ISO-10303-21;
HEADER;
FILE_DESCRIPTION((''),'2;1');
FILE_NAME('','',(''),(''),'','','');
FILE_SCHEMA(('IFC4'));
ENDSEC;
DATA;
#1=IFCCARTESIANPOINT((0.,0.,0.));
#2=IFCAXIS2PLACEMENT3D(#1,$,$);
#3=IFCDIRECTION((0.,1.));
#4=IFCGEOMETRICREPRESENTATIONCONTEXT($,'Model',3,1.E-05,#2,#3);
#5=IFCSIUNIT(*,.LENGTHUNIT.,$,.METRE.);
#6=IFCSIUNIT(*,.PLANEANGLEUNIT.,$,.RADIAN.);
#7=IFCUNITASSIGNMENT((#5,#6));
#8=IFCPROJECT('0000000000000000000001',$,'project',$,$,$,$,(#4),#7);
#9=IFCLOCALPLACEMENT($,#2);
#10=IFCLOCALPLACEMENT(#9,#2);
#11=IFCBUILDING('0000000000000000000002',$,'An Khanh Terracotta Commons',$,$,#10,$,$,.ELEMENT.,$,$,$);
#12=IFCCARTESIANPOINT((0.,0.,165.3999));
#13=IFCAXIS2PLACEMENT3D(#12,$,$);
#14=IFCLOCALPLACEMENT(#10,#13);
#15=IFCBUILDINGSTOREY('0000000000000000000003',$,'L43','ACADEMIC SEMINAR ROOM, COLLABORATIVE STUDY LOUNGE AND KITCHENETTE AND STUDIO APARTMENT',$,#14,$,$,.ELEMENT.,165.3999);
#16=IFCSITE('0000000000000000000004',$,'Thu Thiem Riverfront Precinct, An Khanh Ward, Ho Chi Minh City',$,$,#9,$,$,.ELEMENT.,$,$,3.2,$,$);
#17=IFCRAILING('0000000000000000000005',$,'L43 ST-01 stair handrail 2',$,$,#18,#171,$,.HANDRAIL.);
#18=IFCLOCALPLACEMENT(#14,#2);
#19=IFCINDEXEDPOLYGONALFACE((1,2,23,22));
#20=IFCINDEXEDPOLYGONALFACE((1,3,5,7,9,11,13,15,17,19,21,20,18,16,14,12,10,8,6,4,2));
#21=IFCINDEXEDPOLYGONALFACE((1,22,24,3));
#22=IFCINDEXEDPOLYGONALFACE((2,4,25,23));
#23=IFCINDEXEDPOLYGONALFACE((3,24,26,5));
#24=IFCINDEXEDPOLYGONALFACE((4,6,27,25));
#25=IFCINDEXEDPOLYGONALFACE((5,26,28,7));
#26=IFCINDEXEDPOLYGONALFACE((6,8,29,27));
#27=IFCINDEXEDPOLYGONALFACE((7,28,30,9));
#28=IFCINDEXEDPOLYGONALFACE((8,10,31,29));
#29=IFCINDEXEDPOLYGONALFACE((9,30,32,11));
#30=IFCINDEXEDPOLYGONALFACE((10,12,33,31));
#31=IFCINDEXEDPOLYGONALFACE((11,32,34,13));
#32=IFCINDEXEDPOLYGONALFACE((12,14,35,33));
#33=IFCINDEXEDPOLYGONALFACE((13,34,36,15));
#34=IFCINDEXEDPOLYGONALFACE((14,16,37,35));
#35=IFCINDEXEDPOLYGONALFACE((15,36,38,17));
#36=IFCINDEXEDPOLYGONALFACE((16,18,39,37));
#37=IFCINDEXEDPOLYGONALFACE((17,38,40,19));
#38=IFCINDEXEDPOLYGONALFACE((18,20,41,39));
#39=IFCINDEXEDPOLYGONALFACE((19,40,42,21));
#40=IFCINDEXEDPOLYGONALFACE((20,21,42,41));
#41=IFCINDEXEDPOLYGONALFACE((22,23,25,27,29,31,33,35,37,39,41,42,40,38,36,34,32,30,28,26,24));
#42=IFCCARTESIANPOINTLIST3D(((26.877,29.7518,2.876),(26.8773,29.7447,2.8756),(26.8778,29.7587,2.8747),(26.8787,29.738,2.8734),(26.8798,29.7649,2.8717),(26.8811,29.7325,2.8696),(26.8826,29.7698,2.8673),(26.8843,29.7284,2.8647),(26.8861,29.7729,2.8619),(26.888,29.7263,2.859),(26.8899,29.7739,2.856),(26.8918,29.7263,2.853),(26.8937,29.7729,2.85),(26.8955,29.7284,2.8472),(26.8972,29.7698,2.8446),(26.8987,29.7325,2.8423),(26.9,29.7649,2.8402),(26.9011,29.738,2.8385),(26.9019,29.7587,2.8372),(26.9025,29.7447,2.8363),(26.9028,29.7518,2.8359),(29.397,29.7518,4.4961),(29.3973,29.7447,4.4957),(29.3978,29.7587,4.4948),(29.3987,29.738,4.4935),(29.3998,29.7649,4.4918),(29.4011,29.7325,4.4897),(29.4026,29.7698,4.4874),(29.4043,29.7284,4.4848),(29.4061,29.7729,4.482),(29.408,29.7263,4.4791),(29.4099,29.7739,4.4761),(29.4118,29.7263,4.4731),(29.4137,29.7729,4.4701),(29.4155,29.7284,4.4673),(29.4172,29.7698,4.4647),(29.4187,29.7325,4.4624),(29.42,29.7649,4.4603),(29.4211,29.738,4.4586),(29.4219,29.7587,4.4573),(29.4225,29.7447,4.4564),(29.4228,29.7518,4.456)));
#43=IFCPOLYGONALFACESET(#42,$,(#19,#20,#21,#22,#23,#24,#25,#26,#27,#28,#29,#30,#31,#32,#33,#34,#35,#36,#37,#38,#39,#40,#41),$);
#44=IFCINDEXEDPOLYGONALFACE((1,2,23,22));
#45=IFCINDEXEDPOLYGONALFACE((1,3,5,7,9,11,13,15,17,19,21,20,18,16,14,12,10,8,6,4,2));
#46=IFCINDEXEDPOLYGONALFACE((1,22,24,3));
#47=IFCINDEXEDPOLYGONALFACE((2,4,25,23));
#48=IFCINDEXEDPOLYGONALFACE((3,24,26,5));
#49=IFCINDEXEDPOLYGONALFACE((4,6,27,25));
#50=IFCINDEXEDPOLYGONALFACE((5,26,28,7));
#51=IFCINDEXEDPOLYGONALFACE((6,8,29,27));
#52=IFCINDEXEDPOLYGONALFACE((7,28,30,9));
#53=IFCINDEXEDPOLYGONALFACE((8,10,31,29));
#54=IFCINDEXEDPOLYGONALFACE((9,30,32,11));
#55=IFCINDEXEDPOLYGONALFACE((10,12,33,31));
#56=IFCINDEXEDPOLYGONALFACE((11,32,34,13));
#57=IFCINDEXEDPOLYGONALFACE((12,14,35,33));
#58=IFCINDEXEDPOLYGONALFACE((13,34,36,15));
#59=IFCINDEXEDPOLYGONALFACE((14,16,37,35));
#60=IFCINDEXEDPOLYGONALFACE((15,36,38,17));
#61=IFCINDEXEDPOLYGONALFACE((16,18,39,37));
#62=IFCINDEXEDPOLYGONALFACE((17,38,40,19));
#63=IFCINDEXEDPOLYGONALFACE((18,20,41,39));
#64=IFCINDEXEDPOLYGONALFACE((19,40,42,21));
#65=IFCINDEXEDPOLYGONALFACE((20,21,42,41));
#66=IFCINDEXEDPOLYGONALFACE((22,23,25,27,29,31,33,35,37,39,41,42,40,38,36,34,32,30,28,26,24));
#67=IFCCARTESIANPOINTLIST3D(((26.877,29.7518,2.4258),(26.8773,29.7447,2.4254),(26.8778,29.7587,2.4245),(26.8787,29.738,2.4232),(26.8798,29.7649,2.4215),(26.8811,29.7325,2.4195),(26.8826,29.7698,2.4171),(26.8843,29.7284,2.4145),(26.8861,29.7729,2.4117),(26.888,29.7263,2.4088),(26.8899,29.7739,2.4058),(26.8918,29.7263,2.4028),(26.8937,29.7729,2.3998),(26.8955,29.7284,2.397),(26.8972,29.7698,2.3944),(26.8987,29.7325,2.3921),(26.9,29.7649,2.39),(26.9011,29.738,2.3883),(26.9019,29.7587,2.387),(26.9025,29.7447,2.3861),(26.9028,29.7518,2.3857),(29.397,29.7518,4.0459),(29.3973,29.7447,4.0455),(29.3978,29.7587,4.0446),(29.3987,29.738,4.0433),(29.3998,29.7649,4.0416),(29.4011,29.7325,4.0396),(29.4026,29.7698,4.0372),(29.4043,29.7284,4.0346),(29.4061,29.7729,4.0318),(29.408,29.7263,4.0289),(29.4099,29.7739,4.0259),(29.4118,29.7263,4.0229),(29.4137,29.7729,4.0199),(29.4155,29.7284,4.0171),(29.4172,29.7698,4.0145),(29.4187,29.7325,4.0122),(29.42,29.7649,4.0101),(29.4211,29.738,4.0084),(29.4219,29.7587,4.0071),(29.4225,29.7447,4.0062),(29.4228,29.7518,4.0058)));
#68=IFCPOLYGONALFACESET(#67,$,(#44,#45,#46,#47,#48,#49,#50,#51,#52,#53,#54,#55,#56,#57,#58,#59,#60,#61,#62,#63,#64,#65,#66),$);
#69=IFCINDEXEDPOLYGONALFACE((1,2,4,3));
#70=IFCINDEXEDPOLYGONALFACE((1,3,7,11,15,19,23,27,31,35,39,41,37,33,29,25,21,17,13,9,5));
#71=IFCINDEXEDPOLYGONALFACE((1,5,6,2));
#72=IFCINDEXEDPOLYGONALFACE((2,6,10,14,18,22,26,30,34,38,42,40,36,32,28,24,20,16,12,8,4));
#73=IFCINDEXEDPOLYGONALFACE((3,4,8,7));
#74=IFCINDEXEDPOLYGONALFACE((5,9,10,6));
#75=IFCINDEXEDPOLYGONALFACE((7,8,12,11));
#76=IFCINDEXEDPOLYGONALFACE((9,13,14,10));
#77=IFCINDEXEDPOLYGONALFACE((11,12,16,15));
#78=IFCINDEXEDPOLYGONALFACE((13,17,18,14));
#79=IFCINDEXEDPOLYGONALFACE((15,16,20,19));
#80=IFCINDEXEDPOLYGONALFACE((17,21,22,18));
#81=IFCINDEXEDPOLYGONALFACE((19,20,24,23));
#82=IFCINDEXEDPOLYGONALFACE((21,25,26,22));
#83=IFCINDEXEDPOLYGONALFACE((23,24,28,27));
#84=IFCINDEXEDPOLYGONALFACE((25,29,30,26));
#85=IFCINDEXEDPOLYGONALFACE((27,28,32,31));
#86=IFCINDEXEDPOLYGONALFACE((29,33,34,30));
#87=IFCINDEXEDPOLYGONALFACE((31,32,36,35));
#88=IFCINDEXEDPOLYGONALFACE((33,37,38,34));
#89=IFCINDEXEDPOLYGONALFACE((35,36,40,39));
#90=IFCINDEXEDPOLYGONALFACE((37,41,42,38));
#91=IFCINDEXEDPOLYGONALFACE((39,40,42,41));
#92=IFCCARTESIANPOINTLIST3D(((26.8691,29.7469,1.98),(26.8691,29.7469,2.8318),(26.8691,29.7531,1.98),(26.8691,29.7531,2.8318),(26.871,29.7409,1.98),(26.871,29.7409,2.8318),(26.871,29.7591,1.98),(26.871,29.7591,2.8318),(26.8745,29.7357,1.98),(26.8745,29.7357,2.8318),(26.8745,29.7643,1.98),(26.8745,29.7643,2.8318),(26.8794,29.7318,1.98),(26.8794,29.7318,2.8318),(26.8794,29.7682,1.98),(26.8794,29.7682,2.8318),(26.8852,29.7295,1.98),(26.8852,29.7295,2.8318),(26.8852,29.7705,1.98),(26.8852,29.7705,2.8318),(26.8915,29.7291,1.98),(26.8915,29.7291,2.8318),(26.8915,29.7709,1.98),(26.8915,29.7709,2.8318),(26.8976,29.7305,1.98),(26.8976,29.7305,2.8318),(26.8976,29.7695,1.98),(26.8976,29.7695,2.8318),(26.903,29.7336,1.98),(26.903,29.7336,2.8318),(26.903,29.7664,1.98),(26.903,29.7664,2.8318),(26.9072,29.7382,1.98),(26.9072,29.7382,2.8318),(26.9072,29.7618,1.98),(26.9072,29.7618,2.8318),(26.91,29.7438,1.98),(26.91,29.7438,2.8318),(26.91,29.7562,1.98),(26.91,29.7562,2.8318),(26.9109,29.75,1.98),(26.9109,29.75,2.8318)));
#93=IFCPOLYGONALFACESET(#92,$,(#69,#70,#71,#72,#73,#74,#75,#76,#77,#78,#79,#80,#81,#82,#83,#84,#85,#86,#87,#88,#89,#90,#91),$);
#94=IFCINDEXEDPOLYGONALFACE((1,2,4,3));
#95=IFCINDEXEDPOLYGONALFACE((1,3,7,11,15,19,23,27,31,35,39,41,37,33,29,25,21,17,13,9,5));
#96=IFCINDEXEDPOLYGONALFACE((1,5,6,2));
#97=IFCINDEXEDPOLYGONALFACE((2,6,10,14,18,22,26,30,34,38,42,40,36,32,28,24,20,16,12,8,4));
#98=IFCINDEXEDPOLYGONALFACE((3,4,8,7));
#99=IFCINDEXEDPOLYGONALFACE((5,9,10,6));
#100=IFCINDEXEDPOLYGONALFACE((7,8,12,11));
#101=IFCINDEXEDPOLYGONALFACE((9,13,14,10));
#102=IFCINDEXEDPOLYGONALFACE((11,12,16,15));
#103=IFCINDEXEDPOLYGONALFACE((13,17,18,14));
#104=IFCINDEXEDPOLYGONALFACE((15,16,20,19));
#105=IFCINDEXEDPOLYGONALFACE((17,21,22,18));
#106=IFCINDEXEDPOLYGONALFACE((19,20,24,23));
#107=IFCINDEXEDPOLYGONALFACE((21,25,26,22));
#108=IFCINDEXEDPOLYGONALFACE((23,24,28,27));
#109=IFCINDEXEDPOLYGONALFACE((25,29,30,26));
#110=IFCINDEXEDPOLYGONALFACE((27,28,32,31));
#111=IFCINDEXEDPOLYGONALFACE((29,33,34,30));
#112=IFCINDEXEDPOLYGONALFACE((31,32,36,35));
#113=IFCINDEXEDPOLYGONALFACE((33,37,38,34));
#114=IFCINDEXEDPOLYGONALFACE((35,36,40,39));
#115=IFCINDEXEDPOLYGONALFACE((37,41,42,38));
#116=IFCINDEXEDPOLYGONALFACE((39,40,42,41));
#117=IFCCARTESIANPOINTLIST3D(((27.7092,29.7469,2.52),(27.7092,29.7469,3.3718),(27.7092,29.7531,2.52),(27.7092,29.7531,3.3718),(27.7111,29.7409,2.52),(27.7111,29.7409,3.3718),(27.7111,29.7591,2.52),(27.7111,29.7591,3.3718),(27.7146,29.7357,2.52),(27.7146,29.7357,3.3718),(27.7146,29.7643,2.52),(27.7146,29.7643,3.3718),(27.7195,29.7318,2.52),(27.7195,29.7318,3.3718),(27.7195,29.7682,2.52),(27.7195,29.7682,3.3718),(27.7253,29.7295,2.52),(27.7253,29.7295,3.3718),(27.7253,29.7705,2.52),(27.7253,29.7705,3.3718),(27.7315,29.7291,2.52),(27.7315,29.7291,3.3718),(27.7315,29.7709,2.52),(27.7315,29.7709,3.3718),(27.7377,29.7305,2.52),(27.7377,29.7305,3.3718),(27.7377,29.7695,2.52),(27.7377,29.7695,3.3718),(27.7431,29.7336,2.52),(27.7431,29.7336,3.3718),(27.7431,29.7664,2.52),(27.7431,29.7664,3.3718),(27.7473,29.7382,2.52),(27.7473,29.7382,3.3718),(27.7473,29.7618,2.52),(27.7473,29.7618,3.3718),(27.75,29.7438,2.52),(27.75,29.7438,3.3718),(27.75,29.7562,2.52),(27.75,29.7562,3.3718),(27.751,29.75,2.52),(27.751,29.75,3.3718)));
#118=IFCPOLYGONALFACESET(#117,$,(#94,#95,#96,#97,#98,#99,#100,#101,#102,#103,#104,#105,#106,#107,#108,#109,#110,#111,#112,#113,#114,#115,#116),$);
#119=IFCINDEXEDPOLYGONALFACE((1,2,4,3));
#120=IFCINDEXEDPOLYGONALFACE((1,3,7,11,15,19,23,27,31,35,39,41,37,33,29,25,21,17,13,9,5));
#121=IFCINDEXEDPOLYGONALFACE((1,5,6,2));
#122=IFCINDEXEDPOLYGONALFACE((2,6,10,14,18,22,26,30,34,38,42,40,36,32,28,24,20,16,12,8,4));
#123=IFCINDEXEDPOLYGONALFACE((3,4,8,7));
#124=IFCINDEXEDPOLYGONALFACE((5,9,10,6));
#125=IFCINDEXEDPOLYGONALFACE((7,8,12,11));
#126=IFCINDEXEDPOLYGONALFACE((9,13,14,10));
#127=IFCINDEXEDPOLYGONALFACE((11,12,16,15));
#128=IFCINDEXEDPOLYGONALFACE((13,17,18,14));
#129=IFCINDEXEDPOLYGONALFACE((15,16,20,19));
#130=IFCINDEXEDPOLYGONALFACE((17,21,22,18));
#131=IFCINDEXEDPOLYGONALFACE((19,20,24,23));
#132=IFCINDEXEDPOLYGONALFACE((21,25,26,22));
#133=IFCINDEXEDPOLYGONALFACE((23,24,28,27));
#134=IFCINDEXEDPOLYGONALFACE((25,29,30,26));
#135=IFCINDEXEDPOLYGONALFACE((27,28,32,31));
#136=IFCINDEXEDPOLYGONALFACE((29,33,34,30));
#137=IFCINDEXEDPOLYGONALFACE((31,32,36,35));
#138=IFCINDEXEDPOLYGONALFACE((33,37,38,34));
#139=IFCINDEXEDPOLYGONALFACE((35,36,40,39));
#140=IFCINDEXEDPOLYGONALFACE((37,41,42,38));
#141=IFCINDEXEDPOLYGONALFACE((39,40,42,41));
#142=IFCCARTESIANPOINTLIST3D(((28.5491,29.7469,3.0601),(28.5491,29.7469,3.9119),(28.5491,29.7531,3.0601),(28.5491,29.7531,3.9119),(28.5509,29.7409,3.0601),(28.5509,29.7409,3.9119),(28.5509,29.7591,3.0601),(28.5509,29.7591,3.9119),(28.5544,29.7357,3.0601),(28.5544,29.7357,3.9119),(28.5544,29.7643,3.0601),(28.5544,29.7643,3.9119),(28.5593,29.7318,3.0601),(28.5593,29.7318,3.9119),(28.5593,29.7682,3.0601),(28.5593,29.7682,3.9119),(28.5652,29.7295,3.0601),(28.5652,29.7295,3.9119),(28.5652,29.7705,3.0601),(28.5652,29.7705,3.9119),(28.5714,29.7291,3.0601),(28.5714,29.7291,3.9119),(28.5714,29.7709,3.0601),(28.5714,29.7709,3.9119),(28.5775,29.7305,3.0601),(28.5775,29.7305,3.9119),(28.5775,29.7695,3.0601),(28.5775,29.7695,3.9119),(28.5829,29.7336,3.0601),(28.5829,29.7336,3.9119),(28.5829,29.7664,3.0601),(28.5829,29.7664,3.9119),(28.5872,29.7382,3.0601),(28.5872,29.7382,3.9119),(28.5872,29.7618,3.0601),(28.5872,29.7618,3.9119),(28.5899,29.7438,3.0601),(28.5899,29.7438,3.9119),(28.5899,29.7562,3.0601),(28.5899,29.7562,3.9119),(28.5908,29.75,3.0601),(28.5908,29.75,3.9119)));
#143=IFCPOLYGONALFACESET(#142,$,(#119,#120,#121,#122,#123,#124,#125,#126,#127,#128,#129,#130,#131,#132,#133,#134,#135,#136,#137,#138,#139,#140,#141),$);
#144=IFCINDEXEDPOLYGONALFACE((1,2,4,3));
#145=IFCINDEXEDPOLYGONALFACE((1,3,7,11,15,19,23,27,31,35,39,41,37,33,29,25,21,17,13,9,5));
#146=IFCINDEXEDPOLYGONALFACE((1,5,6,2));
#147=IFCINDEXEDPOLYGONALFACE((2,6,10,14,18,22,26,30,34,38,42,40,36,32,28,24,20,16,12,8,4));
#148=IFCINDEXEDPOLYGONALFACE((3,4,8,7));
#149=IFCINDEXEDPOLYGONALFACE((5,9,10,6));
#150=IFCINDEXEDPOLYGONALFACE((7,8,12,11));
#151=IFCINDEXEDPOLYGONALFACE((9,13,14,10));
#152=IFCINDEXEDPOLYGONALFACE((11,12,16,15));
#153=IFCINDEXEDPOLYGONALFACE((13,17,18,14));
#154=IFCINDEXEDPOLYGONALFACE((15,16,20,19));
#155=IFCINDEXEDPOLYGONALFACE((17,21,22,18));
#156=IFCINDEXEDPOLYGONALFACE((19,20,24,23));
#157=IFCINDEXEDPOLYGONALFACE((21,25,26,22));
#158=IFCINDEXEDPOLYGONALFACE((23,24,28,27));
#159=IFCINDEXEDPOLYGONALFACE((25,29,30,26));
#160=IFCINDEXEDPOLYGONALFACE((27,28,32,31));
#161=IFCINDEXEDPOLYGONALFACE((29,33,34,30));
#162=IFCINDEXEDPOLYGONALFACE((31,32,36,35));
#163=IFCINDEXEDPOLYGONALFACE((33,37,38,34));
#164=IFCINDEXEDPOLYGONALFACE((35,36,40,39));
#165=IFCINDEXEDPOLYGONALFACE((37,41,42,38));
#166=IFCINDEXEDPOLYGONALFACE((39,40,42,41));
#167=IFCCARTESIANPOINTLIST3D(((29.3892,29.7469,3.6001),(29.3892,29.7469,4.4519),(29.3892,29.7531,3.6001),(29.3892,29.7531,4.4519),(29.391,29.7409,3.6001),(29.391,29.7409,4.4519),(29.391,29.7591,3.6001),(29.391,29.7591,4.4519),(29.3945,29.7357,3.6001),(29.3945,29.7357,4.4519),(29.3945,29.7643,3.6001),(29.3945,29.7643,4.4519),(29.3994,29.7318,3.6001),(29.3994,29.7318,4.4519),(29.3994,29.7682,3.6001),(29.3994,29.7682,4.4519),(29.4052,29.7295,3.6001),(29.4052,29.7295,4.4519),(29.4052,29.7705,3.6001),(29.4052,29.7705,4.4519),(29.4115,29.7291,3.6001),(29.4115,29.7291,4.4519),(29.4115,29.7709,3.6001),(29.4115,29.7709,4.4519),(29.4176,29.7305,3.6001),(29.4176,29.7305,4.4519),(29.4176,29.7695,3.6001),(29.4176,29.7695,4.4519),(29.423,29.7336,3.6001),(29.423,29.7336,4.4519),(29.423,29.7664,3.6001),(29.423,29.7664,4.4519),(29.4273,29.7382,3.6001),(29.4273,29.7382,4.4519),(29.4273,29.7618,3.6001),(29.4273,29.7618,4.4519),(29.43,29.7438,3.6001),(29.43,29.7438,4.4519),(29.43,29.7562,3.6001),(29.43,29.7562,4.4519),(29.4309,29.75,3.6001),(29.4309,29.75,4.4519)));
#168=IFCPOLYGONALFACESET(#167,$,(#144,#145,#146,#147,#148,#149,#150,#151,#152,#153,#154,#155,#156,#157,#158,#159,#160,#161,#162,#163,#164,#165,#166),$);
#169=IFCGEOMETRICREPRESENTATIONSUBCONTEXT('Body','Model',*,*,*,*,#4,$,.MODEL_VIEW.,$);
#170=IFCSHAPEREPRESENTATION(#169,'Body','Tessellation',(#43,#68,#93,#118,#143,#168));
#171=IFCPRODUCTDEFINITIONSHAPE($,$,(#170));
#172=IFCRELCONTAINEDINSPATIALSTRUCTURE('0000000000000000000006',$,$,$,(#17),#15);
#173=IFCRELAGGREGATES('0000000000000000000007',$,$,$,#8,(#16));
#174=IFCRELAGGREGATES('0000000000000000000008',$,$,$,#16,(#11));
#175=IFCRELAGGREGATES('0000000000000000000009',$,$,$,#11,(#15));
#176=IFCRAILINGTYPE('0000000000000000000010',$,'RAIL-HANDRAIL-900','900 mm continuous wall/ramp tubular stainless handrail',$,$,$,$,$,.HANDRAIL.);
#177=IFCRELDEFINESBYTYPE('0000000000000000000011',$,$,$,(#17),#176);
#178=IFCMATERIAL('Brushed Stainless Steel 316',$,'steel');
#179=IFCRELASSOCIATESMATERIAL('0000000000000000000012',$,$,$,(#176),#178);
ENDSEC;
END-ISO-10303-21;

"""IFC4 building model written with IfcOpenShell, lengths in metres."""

from ifc_helpers import new_model, si_unit, direction, frame, origin, origin_2d, place, context, subcontext, project, spatial, circle, extrude, material, type_object, element, save


model = new_model("IFC4")

# Units and contexts
model_context = context("Model", 3, precision=1e-05, world=origin(), true_north=direction((0.0, 1.0)))
body_context = subcontext(model_context, "Body", "Model", "MODEL_VIEW")
ifc_project = project(units=[si_unit("LENGTHUNIT", "METRE"), si_unit("PLANEANGLEUNIT", "RADIAN")], contexts=[model_context])

# Site, building, storey
site_placement = place(None, origin())
site = spatial("IfcSite", under=ifc_project, at=site_placement, Name="Thu Thiem Riverfront Precinct, An Khanh Ward, Ho Chi Minh City", CompositionType="ELEMENT", RefElevation=3.2)
building_placement = place(site_placement, origin())
building = spatial("IfcBuilding", under=site, at=building_placement, Name="An Khanh Terracotta Commons", CompositionType="ELEMENT")
storey_placement = place(building_placement, frame((0.0, 0.0, 165.3999)))
storey = spatial("IfcBuildingStorey", under=building, at=storey_placement, Name="L43", Description="ACADEMIC SEMINAR ROOM, COLLABORATIVE STUDY LOUNGE AND KITCHENETTE AND STUDIO APARTMENT", CompositionType="ELEMENT", Elevation=165.3999)

# Railing
ifc_material_1 = material(Name="Brushed Stainless Steel 316", Category="steel")
railing_type_1 = type_object("IfcRailingType", Name="RAIL-HANDRAIL-900", Description="900 mm continuous wall/ramp tubular stainless handrail", PredefinedType="HANDRAIL", material=ifc_material_1)
railing_1_placement = place(storey_placement, frame((26.8899, 29.75, 1.98)))
element("IfcRailing", 1, at=railing_1_placement, inside=storey, type_object=railing_type_1, Name="L43 ST-01 stair handrail 2", PredefinedType="HANDRAIL", context=body_context, shape_type="SweptSolid", body=[
    extrude(circle(Radius=0.0239, at=origin_2d()), frame((0.0, 0.0, 0.876), z_axis=(0.841163, 0.0, 0.540782), x_axis=(0.0, 1.0, 0.0)), (0.0, 0.0, 1.0), 2.9958),
    extrude(circle(Radius=0.0239, at=origin_2d()), frame((0.0, 0.0, 0.4258), z_axis=(0.841163, 0.0, 0.540782), x_axis=(0.0, 1.0, 0.0)), (0.0, 0.0, 1.0), 2.9958),
    extrude(circle(Radius=0.021, at=origin_2d()), origin(), (0.0, 0.0, 1.0), 0.8518),
    extrude(circle(Radius=0.021, at=origin_2d()), frame((0.8401, 0.0, 0.54)), (0.0, 0.0, 1.0), 0.8518),
    extrude(circle(Radius=0.021, at=origin_2d()), frame((1.6799, 0.0, 1.0801)), (0.0, 0.0, 1.0), 0.8518),
    extrude(circle(Radius=0.021, at=origin_2d()), frame((2.52, 0.0, 1.6201)), (0.0, 0.0, 1.0), 0.8518),
])

save(model, "model.ifc")
